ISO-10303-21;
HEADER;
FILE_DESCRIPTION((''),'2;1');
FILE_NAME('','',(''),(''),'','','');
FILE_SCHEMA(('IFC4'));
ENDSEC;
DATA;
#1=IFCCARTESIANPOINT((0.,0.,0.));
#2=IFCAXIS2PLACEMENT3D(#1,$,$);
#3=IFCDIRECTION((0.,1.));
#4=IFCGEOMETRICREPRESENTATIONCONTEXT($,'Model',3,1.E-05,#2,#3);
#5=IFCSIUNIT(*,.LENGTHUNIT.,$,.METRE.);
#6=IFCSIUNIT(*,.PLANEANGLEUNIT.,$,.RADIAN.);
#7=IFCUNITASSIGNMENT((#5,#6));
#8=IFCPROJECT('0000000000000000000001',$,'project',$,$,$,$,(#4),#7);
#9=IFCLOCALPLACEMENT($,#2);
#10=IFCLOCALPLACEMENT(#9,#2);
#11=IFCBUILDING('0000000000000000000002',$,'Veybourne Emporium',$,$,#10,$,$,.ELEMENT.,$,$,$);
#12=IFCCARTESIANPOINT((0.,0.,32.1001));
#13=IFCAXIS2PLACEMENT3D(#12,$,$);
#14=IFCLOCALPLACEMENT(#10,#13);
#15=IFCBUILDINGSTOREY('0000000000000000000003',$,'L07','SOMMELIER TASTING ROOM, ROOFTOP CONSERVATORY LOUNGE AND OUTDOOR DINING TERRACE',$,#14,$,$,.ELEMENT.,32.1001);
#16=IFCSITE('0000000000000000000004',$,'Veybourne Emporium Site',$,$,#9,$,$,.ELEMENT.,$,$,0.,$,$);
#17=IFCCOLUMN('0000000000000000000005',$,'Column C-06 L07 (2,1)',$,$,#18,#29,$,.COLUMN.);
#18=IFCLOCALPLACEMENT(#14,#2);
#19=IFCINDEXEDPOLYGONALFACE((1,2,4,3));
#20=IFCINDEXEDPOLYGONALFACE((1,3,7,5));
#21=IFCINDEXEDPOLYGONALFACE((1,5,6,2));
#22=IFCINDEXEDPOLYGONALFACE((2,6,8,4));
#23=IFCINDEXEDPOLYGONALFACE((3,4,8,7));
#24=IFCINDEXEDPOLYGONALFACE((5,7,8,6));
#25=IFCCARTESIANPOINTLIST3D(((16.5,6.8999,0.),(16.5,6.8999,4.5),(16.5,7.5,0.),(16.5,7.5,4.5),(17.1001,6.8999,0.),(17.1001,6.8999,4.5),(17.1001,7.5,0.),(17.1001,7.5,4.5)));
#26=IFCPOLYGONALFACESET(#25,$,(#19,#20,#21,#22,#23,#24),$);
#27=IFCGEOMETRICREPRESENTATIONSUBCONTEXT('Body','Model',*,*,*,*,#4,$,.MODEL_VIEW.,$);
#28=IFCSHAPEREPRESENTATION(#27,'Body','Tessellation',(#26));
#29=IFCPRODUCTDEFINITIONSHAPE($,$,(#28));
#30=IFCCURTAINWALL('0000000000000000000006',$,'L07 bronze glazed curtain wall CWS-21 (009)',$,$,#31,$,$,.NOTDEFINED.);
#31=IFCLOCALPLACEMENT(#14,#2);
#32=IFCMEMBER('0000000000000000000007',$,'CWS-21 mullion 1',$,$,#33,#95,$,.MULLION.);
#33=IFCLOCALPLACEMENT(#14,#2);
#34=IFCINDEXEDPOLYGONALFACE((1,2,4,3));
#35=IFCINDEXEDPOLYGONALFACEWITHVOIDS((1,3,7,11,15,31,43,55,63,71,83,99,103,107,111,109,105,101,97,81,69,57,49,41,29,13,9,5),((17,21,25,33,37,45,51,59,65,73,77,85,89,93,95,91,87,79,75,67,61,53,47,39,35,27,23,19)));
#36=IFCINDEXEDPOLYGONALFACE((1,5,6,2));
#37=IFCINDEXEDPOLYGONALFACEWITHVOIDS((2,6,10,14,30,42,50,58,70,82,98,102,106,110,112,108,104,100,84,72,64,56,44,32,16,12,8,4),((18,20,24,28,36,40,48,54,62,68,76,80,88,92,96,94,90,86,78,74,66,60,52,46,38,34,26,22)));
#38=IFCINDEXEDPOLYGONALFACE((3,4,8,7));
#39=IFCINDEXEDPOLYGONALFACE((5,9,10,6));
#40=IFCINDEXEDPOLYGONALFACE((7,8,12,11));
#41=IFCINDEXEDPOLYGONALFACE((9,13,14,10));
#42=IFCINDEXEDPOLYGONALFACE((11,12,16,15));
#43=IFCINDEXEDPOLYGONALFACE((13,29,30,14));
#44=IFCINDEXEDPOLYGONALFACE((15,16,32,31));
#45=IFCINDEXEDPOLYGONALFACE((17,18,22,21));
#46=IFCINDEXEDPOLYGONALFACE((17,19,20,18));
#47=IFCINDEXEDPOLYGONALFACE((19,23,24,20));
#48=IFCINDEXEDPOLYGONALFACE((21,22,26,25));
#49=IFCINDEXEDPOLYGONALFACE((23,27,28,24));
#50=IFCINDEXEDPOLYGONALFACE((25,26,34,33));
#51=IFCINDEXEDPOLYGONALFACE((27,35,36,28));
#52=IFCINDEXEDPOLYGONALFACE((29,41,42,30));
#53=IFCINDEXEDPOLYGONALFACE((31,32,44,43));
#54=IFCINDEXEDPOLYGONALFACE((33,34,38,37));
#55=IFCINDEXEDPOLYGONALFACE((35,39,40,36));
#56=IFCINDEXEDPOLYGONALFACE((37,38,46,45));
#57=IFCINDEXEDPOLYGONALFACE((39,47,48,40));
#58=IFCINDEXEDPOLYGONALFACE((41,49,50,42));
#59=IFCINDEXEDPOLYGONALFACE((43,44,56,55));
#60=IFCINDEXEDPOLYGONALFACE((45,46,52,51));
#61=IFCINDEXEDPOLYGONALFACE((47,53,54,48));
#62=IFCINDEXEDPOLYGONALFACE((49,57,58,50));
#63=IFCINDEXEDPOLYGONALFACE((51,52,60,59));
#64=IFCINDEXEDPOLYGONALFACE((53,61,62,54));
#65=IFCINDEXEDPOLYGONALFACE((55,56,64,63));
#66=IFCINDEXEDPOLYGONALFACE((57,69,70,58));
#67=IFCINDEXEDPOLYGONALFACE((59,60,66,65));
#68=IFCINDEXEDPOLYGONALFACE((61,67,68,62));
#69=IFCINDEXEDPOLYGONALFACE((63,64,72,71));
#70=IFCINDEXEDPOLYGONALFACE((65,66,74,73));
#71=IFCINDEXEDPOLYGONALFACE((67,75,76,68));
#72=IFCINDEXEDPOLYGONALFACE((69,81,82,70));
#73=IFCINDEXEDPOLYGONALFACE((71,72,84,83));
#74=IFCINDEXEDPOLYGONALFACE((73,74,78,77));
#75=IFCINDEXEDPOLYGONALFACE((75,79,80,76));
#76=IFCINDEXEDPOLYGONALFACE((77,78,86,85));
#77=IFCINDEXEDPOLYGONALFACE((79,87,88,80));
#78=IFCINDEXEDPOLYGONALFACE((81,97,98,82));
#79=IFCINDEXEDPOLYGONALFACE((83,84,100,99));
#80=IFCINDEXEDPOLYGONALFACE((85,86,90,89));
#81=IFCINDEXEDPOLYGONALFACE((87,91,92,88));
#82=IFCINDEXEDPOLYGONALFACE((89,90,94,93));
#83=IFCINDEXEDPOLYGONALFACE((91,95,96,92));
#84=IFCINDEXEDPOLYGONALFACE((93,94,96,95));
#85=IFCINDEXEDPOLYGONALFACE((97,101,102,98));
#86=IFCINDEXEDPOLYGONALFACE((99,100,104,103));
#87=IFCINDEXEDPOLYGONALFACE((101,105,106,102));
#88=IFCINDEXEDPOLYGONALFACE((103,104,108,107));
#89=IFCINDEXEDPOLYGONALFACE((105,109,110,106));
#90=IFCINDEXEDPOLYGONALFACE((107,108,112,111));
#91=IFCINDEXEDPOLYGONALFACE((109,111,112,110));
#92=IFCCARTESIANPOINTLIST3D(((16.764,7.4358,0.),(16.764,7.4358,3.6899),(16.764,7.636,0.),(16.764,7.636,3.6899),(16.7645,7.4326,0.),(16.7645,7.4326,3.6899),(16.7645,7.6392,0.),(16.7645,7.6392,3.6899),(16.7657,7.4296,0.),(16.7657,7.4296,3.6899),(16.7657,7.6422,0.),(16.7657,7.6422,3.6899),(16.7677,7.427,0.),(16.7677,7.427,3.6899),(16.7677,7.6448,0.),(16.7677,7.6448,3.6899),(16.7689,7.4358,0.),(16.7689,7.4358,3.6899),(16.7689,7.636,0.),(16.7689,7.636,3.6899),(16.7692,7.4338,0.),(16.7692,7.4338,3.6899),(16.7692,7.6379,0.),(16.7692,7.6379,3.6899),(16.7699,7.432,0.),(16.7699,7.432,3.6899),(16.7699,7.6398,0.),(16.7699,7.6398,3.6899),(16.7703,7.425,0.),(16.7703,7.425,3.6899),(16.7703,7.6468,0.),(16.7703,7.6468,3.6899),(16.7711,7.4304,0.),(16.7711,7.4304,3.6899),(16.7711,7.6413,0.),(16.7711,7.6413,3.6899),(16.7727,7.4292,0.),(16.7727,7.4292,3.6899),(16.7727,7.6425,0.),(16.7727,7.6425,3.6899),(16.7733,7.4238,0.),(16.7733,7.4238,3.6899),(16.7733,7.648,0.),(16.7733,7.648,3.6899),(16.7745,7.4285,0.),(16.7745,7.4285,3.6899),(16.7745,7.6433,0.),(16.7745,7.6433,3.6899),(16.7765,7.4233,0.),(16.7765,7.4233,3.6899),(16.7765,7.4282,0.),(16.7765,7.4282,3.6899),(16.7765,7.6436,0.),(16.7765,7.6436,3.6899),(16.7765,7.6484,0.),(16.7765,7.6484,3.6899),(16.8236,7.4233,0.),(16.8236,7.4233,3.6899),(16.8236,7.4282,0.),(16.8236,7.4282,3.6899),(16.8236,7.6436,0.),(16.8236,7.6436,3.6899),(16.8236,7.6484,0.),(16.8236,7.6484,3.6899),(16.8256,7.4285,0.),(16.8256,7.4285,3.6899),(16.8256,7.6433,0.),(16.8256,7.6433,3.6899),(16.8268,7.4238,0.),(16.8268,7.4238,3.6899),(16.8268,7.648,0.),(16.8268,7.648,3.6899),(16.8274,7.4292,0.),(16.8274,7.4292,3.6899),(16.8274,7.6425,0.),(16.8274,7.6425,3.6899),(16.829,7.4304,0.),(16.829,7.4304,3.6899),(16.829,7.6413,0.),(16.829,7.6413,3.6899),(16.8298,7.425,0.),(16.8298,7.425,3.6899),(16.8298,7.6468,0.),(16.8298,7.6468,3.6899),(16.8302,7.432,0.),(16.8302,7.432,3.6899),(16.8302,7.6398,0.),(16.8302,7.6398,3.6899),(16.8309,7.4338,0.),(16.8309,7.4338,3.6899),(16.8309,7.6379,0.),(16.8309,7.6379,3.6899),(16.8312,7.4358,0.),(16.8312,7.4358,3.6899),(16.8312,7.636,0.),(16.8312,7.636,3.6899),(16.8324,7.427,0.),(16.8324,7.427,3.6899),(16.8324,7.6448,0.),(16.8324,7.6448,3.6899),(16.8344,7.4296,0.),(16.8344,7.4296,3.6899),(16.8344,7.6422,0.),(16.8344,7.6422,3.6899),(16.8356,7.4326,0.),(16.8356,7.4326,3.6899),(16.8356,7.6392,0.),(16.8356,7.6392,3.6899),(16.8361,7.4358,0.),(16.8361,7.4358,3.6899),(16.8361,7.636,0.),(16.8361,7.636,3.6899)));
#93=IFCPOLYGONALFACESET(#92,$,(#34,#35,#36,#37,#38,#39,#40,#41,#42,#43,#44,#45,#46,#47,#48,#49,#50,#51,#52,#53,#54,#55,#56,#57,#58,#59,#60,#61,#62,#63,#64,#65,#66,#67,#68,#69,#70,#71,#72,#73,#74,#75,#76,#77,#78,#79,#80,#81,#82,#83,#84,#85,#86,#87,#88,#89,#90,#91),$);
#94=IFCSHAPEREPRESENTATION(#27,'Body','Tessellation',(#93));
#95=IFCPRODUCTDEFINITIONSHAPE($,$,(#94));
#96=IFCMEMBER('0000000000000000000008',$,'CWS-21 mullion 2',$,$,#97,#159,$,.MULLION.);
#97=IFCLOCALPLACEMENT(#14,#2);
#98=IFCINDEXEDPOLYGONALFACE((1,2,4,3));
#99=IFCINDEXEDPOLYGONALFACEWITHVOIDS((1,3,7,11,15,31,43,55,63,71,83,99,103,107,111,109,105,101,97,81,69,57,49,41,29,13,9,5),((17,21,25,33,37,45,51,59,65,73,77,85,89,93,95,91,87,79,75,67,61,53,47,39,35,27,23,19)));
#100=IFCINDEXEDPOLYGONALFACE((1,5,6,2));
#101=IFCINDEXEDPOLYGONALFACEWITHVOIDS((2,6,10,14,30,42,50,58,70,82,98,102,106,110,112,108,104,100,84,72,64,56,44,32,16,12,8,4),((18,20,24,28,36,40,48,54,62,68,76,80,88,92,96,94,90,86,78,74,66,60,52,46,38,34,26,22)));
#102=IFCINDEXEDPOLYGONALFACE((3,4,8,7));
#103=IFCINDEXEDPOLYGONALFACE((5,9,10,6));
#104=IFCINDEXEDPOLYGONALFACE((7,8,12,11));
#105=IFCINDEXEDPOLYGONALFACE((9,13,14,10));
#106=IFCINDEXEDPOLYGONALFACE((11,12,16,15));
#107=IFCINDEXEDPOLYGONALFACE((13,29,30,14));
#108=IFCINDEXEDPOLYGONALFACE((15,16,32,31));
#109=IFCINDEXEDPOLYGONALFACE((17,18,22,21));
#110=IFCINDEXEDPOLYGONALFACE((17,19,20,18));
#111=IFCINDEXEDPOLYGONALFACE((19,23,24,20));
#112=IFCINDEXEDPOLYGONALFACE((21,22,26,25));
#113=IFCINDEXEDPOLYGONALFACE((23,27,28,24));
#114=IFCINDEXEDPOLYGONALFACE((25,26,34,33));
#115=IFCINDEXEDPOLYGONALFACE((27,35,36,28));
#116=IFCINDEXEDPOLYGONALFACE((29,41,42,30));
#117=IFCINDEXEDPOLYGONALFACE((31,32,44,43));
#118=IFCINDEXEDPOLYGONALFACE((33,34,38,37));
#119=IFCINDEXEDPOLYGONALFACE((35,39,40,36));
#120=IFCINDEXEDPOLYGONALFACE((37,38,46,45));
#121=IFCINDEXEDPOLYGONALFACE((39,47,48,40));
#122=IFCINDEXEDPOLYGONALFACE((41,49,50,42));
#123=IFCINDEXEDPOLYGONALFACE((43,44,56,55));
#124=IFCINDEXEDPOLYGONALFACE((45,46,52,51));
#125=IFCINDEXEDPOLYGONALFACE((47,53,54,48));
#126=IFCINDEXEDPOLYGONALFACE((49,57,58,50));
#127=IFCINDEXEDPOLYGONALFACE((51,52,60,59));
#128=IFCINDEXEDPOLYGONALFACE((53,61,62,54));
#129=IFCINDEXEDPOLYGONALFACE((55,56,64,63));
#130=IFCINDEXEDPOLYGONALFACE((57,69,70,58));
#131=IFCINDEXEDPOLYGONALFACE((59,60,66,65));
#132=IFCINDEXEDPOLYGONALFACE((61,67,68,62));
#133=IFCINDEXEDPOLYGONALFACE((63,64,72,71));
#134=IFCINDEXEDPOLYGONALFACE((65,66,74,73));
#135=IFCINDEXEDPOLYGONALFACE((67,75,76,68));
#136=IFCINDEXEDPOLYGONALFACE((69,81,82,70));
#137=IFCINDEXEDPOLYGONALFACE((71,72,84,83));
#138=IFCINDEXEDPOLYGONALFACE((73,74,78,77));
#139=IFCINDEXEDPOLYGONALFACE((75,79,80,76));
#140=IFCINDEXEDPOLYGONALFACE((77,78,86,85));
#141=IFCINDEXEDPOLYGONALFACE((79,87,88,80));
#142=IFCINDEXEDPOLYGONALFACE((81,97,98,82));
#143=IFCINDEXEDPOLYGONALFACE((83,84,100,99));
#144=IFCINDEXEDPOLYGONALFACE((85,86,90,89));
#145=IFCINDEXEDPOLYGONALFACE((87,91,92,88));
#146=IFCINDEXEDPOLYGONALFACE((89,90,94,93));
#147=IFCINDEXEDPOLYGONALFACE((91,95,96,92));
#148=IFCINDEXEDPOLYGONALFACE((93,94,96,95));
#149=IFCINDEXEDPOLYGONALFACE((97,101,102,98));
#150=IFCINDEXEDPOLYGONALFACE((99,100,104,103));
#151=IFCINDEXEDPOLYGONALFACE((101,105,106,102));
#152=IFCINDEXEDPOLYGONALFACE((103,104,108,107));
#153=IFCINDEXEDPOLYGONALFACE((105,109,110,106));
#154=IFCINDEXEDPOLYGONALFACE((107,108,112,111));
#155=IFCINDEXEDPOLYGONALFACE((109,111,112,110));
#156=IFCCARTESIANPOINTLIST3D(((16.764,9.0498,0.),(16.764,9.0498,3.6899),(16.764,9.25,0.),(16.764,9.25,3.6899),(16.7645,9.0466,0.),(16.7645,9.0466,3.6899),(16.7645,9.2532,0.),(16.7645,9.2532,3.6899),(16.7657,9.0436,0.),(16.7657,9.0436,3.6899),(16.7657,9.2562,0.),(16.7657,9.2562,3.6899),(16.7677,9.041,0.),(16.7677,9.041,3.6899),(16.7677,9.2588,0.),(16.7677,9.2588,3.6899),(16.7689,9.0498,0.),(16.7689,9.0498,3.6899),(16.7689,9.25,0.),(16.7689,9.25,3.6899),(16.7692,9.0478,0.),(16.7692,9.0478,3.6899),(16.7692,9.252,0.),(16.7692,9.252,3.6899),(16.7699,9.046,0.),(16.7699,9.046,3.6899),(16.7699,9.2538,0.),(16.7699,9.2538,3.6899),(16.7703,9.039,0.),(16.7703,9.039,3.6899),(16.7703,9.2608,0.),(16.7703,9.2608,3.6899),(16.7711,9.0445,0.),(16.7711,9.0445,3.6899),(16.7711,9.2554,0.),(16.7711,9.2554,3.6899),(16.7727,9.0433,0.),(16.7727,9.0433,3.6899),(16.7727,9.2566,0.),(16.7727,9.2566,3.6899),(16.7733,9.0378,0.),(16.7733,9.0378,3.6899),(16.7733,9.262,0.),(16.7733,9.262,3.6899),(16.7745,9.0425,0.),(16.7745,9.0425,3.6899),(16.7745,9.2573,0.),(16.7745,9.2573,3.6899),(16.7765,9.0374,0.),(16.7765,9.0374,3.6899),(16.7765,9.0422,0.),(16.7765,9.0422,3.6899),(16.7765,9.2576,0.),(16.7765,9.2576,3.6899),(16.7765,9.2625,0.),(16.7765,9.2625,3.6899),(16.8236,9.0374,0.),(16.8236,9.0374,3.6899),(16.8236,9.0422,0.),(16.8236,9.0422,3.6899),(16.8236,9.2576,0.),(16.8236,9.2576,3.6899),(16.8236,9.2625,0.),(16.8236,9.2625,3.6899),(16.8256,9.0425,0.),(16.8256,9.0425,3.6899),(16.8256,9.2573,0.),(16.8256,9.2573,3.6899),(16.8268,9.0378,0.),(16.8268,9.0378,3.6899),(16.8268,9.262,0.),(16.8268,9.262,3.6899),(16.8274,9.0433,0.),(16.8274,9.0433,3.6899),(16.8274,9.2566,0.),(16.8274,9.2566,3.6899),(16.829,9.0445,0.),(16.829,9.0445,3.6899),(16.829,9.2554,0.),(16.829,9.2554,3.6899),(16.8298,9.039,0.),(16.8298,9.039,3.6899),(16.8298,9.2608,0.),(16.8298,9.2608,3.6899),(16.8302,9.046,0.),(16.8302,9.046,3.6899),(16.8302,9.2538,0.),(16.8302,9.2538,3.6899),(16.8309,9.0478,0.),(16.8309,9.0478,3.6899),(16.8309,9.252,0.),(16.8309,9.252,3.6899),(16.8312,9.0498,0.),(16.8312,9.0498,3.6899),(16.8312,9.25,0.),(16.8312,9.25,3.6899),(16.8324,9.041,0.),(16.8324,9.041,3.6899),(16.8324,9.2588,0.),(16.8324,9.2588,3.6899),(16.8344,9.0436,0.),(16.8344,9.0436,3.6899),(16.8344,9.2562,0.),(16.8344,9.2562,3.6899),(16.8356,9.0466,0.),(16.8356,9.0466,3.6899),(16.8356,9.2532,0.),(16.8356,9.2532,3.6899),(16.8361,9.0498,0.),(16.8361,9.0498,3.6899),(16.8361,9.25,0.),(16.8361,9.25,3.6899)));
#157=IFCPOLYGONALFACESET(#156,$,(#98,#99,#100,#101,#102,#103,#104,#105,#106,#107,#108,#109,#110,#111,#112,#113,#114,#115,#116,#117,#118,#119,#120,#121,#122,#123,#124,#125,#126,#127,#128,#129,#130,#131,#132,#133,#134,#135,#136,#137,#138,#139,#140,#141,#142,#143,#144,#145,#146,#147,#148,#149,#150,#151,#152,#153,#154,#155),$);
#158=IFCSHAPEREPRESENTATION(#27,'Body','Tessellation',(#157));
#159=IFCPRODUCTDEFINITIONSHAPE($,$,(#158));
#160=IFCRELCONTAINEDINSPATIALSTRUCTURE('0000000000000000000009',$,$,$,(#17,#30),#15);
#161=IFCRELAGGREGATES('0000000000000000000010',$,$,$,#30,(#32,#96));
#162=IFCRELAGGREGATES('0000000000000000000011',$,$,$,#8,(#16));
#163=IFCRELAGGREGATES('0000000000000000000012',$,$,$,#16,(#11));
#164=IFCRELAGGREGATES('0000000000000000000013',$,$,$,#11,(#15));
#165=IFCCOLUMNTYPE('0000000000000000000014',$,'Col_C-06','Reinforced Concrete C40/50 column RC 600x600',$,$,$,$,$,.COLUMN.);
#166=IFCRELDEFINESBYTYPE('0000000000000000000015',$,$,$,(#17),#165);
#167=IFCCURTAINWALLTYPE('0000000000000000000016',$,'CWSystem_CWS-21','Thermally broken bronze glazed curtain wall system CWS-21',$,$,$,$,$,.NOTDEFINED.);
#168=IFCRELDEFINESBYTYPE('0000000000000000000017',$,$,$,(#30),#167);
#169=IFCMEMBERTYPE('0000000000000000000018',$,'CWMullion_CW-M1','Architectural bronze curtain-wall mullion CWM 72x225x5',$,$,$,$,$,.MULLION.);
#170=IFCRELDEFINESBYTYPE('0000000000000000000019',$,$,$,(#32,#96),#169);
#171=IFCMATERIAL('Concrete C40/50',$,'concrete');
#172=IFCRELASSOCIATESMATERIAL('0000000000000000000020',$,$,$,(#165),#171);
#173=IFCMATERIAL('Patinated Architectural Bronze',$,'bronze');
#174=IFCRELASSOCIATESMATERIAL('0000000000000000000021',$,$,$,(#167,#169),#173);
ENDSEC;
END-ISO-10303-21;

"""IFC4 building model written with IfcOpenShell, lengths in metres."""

from ifc_helpers import new_model, si_unit, direction, frame, origin, origin_2d, place, context, subcontext, project, spatial, rectangle, hollow_rectangle, extrude, material, material_profile, profile_set, type_object, element, aggregate, save


model = new_model("IFC4")

# Units and contexts
model_context = context("Model", 3, precision=1e-05, world=origin(), true_north=direction((0.0, 1.0)))
body_context = subcontext(model_context, "Body", "Model", "MODEL_VIEW")
ifc_project = project(units=[si_unit("LENGTHUNIT", "METRE"), si_unit("PLANEANGLEUNIT", "RADIAN")], contexts=[model_context])

# Site, building, storey
site_placement = place(None, origin())
site = spatial("IfcSite", under=ifc_project, at=site_placement, Name="Veybourne Emporium Site", CompositionType="ELEMENT", RefElevation=0.0)
building_placement = place(site_placement, origin())
building = spatial("IfcBuilding", under=site, at=building_placement, Name="Veybourne Emporium", CompositionType="ELEMENT")
storey_placement = place(building_placement, frame((0.0, 0.0, 32.1001)))
storey = spatial("IfcBuildingStorey", under=building, at=storey_placement, Name="L07", Description="SOMMELIER TASTING ROOM, ROOFTOP CONSERVATORY LOUNGE AND OUTDOOR DINING TERRACE", CompositionType="ELEMENT", Elevation=32.1001)

# Column
ifc_material_1 = material(Name="Concrete C40/50", Category="concrete")
ifc_material_profile_1 = material_profile(ifc_material_1, rectangle(XDim=0.6001, YDim=0.6001, at=origin_2d()), Name="RC 600x600")
ifc_profile_set_1 = profile_set([ifc_material_profile_1], Name="Concrete C40/50")
column_type = type_object("IfcColumnType", Name="Col_C-06", Description="Reinforced Concrete C40/50 column RC 600x600", PredefinedType="COLUMN", material=ifc_profile_set_1)
column_placement = place(storey_placement, frame((16.8, 7.2, 0.0), z_axis=(0.0, 0.0, 1.0), x_axis=(1.0, 0.0, 0.0)))
element("IfcColumn", 1, at=column_placement, inside=storey, type_object=column_type, Name="Column C-06 L07 (2,1)", PredefinedType="COLUMN", context=body_context, shape_type="SweptSolid", body=[
    extrude(rectangle(XDim=0.6001, YDim=0.6001, at=origin_2d()), origin(), (0.0, 0.0, 1.0), 4.5),
])

# Curtain wall, members
ifc_material_2 = material(Name="Patinated Architectural Bronze", Category="bronze")
curtain_wall_type_1 = type_object("IfcCurtainWallType", Name="CWSystem_CWS-21", Description="Thermally broken bronze glazed curtain wall system CWS-21", PredefinedType="NOTDEFINED", material=ifc_material_2)
curtain_wall_1_placement = place(storey_placement, origin())
curtain_wall_1 = element("IfcCurtainWall", 2, at=curtain_wall_1_placement, inside=storey, type_object=curtain_wall_type_1, Name="L07 bronze glazed curtain wall CWS-21 (009)", PredefinedType="NOTDEFINED")
ifc_material_profile_2 = material_profile(ifc_material_2, hollow_rectangle(XDim=0.072, YDim=0.2251, WallThickness=0.0049, InnerFilletRadius=0.0076, OuterFilletRadius=0.0125, at=origin_2d()), Name="CWM 72x225x5")
ifc_profile_set_2 = profile_set([ifc_material_profile_2], Name="Patinated Architectural Bronze")
member_type_1 = type_object("IfcMemberType", Name="CWMullion_CW-M1", Description="Architectural bronze curtain-wall mullion CWM 72x225x5", PredefinedType="MULLION", material=ifc_profile_set_2)
member_1_placement = place(storey_placement, frame((16.8, 7.5359, 0.0), z_axis=(0.0, 0.0, 1.0), x_axis=(-1.0, 0.0, 0.0)))
member_1 = element("IfcMember", 3, at=member_1_placement, type_object=member_type_1, Name="CWS-21 mullion 1", PredefinedType="MULLION", context=body_context, shape_type="SweptSolid", body=[
    extrude(hollow_rectangle(XDim=0.072, YDim=0.2251, WallThickness=0.0049, InnerFilletRadius=0.0076, OuterFilletRadius=0.0125, at=origin_2d()), origin(), (0.0, 0.0, 1.0), 3.6899),
])
member_2_placement = place(storey_placement, frame((16.8, 9.1499, 0.0), z_axis=(0.0, 0.0, 1.0), x_axis=(-1.0, 0.0, 0.0)))
member_2 = element("IfcMember", 4, at=member_2_placement, type_object=member_type_1, Name="CWS-21 mullion 2", PredefinedType="MULLION", context=body_context, shape_type="SweptSolid", body=[
    extrude(hollow_rectangle(XDim=0.072, YDim=0.2251, WallThickness=0.0049, InnerFilletRadius=0.0076, OuterFilletRadius=0.0125, at=origin_2d()), origin(), (0.0, 0.0, 1.0), 3.6899),
])

aggregate(curtain_wall_1, [member_1, member_2])

save(model, "model.ifc")
